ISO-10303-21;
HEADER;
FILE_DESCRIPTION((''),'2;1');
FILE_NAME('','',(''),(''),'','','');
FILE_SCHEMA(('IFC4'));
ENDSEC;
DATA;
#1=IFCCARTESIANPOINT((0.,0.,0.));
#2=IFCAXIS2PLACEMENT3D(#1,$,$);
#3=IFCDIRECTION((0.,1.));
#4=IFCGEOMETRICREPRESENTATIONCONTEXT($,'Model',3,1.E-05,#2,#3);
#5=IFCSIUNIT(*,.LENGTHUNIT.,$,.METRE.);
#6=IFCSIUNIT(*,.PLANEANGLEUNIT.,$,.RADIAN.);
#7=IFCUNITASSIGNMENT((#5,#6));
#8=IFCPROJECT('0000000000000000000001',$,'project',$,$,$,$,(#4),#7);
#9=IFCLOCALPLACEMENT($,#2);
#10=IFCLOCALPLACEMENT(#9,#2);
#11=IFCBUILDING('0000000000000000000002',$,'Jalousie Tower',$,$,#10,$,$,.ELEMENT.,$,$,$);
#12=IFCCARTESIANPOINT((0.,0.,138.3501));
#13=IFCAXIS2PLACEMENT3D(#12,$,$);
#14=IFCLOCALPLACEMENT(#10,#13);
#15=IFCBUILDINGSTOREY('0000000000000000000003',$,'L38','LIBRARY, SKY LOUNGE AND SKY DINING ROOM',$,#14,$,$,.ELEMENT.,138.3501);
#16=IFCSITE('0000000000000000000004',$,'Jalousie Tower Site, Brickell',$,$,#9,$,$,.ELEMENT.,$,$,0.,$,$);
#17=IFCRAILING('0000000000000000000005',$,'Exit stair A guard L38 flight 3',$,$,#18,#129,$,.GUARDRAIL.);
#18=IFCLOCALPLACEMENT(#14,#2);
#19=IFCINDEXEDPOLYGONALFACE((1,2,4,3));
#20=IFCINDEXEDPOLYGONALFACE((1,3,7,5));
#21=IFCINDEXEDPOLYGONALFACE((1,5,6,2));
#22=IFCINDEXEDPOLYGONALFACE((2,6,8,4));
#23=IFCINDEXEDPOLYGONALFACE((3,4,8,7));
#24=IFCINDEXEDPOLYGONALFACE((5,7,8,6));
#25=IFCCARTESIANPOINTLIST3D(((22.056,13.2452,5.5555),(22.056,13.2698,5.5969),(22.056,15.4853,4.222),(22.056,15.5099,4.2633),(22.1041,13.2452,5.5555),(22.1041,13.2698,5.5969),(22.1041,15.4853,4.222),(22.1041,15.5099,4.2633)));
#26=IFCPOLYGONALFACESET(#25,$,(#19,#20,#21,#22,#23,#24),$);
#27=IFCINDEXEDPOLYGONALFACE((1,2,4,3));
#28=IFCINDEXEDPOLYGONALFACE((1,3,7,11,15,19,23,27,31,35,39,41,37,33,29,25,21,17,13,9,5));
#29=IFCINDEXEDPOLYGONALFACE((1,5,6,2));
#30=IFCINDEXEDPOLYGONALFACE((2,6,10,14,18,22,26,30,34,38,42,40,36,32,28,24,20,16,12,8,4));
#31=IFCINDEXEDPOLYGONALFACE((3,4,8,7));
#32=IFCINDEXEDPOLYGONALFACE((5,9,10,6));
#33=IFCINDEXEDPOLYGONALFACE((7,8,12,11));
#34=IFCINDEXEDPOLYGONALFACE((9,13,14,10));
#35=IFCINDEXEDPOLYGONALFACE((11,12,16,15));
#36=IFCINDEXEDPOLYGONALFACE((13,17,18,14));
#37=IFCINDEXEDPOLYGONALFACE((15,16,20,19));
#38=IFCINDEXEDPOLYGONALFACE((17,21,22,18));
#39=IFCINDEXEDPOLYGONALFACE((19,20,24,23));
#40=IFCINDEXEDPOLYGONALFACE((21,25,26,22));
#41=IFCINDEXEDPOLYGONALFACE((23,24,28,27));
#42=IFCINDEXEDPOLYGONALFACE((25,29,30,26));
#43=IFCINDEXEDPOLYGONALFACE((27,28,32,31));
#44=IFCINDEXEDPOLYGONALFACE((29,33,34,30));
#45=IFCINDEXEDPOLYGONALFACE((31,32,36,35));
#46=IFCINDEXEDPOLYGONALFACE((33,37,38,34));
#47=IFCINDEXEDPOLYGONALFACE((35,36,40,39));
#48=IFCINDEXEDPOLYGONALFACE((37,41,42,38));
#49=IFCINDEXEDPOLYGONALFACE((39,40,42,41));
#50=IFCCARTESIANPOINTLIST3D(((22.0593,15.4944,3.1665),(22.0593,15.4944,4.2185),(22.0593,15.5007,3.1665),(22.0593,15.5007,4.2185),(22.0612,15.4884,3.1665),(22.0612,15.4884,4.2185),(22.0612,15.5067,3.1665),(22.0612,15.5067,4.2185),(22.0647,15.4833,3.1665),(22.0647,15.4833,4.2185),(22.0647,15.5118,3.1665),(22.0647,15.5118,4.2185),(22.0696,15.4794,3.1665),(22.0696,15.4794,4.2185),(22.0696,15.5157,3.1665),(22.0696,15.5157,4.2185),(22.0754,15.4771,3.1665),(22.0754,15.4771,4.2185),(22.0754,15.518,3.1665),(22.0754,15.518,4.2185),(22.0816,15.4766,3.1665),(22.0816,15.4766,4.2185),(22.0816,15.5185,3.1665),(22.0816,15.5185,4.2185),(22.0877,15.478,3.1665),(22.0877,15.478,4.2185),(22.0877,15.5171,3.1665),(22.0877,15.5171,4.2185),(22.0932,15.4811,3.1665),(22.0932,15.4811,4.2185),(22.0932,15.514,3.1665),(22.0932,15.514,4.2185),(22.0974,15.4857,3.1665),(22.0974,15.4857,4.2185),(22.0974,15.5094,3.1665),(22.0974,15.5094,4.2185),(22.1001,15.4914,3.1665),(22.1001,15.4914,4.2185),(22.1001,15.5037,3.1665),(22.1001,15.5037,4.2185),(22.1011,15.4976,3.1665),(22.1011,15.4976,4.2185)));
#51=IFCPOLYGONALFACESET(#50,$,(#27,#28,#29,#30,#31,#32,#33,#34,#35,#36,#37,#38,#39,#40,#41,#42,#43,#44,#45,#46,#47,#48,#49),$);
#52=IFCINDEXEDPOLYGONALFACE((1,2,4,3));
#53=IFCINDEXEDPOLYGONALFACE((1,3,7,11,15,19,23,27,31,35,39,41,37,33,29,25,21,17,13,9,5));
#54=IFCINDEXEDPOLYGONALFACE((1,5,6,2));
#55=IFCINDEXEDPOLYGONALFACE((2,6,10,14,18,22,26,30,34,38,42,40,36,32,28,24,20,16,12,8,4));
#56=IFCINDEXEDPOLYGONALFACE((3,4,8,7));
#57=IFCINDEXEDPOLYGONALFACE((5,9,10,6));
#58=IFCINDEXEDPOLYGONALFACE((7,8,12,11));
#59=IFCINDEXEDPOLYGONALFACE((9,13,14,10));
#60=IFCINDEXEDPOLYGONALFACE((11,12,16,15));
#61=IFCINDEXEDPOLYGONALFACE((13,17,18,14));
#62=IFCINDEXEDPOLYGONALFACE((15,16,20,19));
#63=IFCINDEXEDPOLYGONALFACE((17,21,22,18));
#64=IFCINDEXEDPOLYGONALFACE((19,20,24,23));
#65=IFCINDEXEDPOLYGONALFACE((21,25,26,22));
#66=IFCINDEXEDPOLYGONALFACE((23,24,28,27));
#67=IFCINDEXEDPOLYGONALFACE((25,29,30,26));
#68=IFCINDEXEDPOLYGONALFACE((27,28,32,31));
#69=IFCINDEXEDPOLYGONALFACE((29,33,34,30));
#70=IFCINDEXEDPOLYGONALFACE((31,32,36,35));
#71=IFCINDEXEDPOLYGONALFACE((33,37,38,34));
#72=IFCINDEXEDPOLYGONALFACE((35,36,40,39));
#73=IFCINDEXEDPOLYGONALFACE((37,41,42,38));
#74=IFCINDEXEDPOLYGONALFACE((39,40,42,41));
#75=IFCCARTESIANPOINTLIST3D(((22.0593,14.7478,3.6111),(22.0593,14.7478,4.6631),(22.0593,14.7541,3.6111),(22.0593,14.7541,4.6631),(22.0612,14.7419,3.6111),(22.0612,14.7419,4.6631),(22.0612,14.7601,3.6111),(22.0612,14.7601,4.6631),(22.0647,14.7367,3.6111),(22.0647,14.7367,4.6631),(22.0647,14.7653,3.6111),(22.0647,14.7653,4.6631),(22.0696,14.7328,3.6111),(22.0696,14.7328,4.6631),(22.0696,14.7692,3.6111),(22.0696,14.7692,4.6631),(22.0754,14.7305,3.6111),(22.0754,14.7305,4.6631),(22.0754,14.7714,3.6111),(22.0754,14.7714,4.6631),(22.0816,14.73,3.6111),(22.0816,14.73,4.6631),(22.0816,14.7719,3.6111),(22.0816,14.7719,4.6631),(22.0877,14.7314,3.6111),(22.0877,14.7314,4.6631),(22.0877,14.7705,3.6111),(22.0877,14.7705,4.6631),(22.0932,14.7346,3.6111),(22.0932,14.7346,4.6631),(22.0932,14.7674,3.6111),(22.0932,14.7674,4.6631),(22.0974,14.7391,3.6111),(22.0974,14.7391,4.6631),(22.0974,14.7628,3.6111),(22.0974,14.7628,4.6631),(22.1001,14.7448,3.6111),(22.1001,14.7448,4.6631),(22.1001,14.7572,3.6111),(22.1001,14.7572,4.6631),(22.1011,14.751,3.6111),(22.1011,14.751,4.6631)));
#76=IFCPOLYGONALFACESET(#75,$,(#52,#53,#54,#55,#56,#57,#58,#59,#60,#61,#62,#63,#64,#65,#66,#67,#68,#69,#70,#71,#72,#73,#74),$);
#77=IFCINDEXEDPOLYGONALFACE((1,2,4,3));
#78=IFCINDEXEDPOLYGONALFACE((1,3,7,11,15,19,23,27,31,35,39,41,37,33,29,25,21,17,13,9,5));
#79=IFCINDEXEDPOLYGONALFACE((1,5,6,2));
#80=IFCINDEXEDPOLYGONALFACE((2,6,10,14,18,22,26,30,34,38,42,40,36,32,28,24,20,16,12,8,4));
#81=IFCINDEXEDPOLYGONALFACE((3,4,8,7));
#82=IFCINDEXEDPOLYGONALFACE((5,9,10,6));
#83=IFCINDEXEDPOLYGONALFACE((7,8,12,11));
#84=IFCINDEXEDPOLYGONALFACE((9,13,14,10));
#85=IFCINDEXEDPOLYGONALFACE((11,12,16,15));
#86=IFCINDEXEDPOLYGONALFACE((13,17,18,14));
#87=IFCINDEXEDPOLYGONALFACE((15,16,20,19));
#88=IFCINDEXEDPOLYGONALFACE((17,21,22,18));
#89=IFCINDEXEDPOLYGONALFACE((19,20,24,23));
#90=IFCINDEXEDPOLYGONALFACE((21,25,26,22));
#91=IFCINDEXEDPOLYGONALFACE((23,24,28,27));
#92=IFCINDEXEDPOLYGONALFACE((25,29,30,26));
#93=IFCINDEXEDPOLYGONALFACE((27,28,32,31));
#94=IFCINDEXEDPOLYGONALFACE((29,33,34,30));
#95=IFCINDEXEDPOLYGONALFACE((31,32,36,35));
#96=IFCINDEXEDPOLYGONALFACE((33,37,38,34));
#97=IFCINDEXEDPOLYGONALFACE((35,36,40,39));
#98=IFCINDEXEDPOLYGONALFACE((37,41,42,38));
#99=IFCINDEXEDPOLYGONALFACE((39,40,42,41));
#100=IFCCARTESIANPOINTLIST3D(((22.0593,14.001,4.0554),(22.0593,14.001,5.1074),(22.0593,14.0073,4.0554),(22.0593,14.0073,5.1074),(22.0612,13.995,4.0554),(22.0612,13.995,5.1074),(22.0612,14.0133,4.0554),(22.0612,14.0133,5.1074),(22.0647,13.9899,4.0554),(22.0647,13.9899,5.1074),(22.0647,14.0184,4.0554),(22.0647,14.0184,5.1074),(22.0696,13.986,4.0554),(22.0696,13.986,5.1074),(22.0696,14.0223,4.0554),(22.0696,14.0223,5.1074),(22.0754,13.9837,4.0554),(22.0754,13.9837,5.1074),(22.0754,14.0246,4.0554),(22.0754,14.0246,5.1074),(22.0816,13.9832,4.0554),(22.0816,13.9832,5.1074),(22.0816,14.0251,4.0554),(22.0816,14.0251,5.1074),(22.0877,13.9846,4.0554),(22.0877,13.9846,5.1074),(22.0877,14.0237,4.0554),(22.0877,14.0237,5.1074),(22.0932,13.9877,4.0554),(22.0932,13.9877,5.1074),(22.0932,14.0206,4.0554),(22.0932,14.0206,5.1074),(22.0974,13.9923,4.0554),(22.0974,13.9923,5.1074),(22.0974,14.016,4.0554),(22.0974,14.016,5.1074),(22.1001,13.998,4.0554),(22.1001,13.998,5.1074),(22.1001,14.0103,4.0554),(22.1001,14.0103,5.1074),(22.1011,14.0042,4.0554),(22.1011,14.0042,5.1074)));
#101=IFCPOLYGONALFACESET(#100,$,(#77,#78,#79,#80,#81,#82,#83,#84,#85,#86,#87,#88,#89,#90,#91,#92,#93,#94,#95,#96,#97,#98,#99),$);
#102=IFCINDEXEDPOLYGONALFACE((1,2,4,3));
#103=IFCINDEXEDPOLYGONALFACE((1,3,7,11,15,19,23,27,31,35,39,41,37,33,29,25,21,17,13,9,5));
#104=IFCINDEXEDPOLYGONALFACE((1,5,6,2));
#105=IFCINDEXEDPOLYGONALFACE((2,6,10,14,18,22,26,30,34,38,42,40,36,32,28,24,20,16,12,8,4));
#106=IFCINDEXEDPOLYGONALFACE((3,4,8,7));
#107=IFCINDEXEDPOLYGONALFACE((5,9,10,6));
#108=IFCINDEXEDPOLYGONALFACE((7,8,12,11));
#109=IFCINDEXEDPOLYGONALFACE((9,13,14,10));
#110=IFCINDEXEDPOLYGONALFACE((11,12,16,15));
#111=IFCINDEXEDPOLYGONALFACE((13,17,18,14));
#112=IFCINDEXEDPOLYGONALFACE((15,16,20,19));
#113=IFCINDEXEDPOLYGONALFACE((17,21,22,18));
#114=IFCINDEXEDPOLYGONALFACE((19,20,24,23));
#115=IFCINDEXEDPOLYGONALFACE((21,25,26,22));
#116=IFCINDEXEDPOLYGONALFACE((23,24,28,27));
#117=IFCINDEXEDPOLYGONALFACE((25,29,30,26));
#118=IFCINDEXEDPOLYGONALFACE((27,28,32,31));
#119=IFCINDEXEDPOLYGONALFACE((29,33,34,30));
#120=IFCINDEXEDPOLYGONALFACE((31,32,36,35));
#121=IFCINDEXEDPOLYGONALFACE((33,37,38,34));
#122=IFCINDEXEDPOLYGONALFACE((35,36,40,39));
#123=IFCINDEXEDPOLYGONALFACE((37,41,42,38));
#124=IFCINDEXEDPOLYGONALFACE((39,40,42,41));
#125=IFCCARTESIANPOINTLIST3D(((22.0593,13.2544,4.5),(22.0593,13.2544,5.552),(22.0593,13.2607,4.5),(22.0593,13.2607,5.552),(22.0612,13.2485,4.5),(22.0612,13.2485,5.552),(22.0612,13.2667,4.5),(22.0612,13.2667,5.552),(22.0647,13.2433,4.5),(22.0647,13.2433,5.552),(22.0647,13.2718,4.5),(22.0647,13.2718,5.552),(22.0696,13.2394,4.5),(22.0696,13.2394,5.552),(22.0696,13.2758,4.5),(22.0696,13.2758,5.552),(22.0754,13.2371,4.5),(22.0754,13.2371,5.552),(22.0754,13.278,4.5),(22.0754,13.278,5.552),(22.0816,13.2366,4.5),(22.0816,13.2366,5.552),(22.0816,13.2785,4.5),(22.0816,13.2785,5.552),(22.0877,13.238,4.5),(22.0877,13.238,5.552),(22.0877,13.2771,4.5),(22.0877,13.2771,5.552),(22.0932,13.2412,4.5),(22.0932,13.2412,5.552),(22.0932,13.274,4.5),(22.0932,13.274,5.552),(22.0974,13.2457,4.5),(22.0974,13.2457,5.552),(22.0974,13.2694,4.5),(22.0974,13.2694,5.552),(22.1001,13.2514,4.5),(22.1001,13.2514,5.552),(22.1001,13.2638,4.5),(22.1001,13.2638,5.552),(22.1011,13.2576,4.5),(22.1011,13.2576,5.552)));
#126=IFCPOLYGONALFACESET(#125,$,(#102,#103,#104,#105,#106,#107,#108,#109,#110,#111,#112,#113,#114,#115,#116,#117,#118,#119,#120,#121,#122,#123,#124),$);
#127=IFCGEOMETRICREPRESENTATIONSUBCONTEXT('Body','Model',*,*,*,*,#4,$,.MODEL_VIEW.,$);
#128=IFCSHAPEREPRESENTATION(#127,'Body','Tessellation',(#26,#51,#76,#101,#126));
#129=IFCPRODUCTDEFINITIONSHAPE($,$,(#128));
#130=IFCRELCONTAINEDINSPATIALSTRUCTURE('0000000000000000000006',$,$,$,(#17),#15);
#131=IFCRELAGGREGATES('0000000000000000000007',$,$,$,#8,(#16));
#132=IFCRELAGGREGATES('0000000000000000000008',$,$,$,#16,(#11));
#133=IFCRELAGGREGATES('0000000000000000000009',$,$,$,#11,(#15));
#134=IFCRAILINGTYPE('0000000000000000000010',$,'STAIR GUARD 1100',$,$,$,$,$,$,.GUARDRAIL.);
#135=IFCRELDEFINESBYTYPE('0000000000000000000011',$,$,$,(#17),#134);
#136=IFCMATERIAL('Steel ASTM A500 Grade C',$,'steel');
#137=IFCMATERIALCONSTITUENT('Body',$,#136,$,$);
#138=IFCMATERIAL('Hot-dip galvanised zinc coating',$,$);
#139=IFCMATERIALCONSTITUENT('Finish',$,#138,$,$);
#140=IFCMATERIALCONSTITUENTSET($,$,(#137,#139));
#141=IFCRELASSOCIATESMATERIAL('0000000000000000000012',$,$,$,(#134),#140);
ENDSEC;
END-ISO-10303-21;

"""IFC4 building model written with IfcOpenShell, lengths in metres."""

from ifc_helpers import new_model, si_unit, direction, frame, origin, origin_2d, place, context, subcontext, project, spatial, rectangle, circle, extrude, material, constituent, constituent_set, type_object, element, save


model = new_model("IFC4")

# Units and contexts
model_context = context("Model", 3, precision=1e-05, world=origin(), true_north=direction((0.0, 1.0)))
body_context = subcontext(model_context, "Body", "Model", "MODEL_VIEW")
ifc_project = project(units=[si_unit("LENGTHUNIT", "METRE"), si_unit("PLANEANGLEUNIT", "RADIAN")], contexts=[model_context])

# Site, building, storey
site_placement = place(None, origin())
site = spatial("IfcSite", under=ifc_project, at=site_placement, Name="Jalousie Tower Site, Brickell", CompositionType="ELEMENT", RefElevation=0.0)
building_placement = place(site_placement, origin())
building = spatial("IfcBuilding", under=site, at=building_placement, Name="Jalousie Tower", CompositionType="ELEMENT")
storey_placement = place(building_placement, frame((0.0, 0.0, 138.3501)))
storey = spatial("IfcBuildingStorey", under=building, at=storey_placement, Name="L38", Description="LIBRARY, SKY LOUNGE AND SKY DINING ROOM", CompositionType="ELEMENT", Elevation=138.3501)

# Railing
ifc_material_1 = material(Name="Steel ASTM A500 Grade C", Category="steel")
ifc_constituent_1 = constituent(ifc_material_1, Name="Body")
ifc_material_2 = material(Name="Hot-dip galvanised zinc coating")
ifc_constituent_2 = constituent(ifc_material_2, Name="Finish")
ifc_constituent_set_1 = constituent_set(constituents=[ifc_constituent_1, ifc_constituent_2])
railing_type_1 = type_object("IfcRailingType", Name="STAIR GUARD 1100", PredefinedType="GUARDRAIL", material=ifc_constituent_set_1)
railing_1_placement = place(storey_placement, frame((22.0801, 15.4976, 3.1665)))
element("IfcRailing", 1, at=railing_1_placement, inside=storey, type_object=railing_type_1, Name="Exit stair A guard L38 flight 3", PredefinedType="GUARDRAIL", context=body_context, shape_type="SweptSolid", body=[
    extrude(rectangle(XDim=0.0481, YDim=0.0481, at=origin_2d()), frame((0.0, 0.0, 1.0762), z_axis=(0.0, -0.859264, 0.511532), x_axis=(1.0, 0.0, 0.0)), (0.0, 0.0, 1.0), 2.6069),
    extrude(circle(Radius=0.021, at=origin_2d()), origin(), (0.0, 0.0, 1.0), 1.052),
    extrude(circle(Radius=0.021, at=origin_2d()), frame((0.0, -0.7466, 0.4446)), (0.0, 0.0, 1.0), 1.052),
    extrude(circle(Radius=0.021, at=origin_2d()), frame((0.0, -1.4934, 0.8889)), (0.0, 0.0, 1.0), 1.052),
    extrude(circle(Radius=0.021, at=origin_2d()), frame((0.0, -2.24, 1.3335)), (0.0, 0.0, 1.0), 1.052),
])

save(model, "model.ifc")
